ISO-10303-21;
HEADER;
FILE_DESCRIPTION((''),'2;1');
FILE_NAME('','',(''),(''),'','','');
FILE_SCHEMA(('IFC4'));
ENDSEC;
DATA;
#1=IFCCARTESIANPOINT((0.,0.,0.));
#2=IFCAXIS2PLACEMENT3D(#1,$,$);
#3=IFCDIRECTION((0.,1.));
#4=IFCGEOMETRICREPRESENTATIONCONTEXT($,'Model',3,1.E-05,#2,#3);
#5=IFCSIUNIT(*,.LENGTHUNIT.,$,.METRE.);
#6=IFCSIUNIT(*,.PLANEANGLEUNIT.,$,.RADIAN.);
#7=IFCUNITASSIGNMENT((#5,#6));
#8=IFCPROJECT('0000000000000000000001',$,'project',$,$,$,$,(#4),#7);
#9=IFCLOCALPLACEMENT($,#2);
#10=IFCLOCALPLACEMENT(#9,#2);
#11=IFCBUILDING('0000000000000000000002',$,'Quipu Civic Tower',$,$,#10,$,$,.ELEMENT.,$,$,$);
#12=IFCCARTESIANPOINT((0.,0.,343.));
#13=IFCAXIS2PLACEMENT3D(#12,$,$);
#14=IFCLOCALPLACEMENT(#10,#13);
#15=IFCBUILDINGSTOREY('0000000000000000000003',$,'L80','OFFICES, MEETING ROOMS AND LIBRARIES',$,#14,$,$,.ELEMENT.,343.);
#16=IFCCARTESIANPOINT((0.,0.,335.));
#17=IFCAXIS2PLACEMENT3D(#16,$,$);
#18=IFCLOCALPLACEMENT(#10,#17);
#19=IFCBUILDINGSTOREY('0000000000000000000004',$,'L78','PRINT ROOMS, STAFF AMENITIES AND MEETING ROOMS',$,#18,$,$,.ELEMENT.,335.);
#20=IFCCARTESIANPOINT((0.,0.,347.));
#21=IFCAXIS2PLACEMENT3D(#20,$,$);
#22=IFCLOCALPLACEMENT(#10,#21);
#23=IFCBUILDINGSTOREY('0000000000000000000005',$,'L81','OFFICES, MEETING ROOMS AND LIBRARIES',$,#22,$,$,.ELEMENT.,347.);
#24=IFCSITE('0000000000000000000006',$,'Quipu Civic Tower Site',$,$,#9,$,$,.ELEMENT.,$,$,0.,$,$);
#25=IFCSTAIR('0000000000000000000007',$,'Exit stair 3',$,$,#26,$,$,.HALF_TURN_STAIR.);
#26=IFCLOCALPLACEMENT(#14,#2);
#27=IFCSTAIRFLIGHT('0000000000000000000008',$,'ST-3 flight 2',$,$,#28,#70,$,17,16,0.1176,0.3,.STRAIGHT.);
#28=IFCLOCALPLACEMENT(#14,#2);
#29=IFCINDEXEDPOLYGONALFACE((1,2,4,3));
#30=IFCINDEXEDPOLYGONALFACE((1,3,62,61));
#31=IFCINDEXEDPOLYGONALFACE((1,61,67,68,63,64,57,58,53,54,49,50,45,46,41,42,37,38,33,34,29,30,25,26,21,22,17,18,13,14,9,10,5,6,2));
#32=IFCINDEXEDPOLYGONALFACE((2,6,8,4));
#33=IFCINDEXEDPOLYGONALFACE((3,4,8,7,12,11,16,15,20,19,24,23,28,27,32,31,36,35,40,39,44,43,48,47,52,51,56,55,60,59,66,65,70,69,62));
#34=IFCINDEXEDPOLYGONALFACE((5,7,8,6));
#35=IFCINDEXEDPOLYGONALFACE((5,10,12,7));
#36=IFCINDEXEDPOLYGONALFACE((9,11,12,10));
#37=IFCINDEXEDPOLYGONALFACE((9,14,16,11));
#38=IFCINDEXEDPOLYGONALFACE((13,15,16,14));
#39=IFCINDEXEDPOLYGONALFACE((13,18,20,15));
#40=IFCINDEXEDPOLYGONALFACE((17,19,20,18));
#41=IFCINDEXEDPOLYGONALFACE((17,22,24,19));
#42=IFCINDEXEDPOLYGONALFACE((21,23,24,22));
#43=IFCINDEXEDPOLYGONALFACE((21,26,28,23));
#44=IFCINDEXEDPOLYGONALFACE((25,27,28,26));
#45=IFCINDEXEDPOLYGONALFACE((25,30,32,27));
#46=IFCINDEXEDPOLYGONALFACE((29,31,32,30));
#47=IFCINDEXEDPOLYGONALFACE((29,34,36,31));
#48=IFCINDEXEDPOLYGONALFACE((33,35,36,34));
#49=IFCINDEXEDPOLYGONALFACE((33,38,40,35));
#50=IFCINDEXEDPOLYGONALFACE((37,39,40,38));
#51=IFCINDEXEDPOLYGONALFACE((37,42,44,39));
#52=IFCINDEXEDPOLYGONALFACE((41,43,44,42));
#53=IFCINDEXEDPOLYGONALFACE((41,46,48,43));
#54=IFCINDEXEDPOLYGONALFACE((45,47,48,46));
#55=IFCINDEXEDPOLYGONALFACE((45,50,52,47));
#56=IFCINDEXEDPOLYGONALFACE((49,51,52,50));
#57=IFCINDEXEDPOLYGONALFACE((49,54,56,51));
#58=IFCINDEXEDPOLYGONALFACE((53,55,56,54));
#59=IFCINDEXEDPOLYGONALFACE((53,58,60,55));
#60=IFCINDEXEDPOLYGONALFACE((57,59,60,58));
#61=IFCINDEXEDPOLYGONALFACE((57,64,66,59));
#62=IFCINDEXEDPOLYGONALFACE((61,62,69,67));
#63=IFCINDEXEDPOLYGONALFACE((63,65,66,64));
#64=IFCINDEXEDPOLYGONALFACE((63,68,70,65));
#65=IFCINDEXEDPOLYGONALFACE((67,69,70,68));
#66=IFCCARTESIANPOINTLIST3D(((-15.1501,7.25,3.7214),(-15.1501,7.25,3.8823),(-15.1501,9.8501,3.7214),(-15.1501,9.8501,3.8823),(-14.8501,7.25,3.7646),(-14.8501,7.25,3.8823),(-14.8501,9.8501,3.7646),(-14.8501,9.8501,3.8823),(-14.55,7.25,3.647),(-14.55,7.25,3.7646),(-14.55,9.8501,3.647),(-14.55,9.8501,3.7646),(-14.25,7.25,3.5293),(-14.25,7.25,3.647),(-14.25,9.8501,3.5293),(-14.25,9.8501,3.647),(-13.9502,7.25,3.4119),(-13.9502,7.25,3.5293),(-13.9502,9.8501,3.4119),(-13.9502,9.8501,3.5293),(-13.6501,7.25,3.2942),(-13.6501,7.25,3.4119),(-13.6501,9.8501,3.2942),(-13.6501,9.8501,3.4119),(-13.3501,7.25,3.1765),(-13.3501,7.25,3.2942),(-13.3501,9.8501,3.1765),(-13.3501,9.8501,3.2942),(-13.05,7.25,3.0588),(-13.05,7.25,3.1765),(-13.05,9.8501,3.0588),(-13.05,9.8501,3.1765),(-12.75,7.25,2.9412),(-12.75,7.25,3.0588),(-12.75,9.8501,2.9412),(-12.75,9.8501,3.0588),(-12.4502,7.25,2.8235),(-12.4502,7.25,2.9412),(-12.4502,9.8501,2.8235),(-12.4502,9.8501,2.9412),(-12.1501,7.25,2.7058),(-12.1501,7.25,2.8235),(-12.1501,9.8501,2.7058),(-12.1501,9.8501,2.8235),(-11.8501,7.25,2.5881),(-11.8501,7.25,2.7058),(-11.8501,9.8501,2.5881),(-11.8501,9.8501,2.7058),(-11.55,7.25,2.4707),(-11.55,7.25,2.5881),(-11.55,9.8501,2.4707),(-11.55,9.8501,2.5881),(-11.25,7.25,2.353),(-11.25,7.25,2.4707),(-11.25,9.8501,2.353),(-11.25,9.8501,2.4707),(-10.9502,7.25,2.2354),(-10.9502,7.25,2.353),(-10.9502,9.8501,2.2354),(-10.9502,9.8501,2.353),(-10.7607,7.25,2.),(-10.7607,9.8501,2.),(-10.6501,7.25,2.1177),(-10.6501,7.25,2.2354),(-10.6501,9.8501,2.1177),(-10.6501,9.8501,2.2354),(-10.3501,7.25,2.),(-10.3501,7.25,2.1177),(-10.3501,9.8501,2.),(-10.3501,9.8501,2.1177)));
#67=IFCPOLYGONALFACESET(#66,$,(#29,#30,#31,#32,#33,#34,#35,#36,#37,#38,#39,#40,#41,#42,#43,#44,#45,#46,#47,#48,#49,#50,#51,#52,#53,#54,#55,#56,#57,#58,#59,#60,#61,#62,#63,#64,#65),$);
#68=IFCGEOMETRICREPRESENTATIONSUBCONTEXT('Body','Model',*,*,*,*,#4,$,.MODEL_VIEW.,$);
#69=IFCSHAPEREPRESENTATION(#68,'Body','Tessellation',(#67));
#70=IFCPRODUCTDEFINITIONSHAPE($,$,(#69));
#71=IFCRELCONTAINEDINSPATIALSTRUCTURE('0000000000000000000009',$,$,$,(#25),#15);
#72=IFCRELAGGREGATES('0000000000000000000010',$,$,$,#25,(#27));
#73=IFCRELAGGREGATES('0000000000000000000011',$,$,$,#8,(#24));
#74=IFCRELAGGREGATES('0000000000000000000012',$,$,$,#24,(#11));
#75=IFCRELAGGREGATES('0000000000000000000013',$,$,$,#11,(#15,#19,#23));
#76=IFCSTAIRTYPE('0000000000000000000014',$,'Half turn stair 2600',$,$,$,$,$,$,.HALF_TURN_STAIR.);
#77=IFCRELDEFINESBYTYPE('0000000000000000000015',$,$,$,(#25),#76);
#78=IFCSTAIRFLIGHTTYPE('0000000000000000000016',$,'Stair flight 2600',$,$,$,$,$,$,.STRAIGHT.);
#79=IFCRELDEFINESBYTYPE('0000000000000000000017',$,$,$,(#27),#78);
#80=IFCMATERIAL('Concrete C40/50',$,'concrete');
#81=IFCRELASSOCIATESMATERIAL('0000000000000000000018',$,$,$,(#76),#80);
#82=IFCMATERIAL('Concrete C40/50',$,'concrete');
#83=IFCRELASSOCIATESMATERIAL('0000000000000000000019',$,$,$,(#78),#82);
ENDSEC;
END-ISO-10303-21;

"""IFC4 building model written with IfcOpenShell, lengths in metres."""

from ifc_helpers import new_model, si_unit, direction, frame, origin, place, context, subcontext, project, spatial, polyline, outline, extrude, material, type_object, element, aggregate, save


model = new_model("IFC4")

# Units and contexts
model_context = context("Model", 3, precision=1e-05, world=origin(), true_north=direction((0.0, 1.0)))
body_context = subcontext(model_context, "Body", "Model", "MODEL_VIEW")
ifc_project = project(units=[si_unit("LENGTHUNIT", "METRE"), si_unit("PLANEANGLEUNIT", "RADIAN")], contexts=[model_context])

# Site, building, storey
site_placement = place(None, origin())
site = spatial("IfcSite", under=ifc_project, at=site_placement, Name="Quipu Civic Tower Site", CompositionType="ELEMENT", RefElevation=0.0)
building_placement = place(site_placement, origin())
building = spatial("IfcBuilding", under=site, at=building_placement, Name="Quipu Civic Tower", CompositionType="ELEMENT")
storey_1_placement = place(building_placement, frame((0.0, 0.0, 343.0)))
storey_1 = spatial("IfcBuildingStorey", under=building, at=storey_1_placement, Name="L80", Description="OFFICES, MEETING ROOMS AND LIBRARIES", CompositionType="ELEMENT", Elevation=343.0)

# Shared definitions
storey_2_placement = place(building_placement, frame((0.0, 0.0, 335.0)))
storey_2 = spatial("IfcBuildingStorey", under=building, at=storey_2_placement, Name="L78", Description="PRINT ROOMS, STAFF AMENITIES AND MEETING ROOMS", CompositionType="ELEMENT", Elevation=335.0)

# Shared definitions
storey_3_placement = place(building_placement, frame((0.0, 0.0, 347.0)))
storey_3 = spatial("IfcBuildingStorey", under=building, at=storey_3_placement, Name="L81", Description="OFFICES, MEETING ROOMS AND LIBRARIES", CompositionType="ELEMENT", Elevation=347.0)

# Stair, stair flight
ifc_material_1 = material(Name="Concrete C40/50", Category="concrete")
stair_type = type_object("IfcStairType", Name="Half turn stair 2600", PredefinedType="HALF_TURN_STAIR", material=ifc_material_1)
stair_placement = place(storey_1_placement, origin())
stair = element("IfcStair", 1, at=stair_placement, inside=storey_1, type_object=stair_type, Name="Exit stair 3", PredefinedType="HALF_TURN_STAIR")
ifc_material_2 = material(Name="Concrete C40/50", Category="concrete")
stair_flight_type = type_object("IfcStairFlightType", Name="Stair flight 2600", PredefinedType="STRAIGHT", material=ifc_material_2)
stair_flight_placement = place(storey_1_placement, frame((-10.3501, 8.55, 2.0), z_axis=(0.0, 0.0, 1.0), x_axis=(-1.0, 0.0, 0.0)))
stair_flight = element("IfcStairFlight", 2, at=stair_flight_placement, type_object=stair_flight_type, Name="ST-3 flight 2", NumberOfRisers=17, NumberOfTreads=16, PredefinedType="STRAIGHT", RiserHeight=0.1176, TreadLength=0.3, context=body_context, shape_type="SweptSolid", body=[
    extrude(outline(polyline([(0.0, 0.0), (0.0, 0.1177), (0.3, 0.1177), (0.3, 0.2354), (0.6001, 0.2354), (0.6001, 0.353), (0.8999, 0.353), (0.8999, 0.4707), (1.2, 0.4707), (1.2, 0.5881), (1.5, 0.5881), (1.5, 0.7058), (1.8, 0.7058), (1.8, 0.8235), (2.1001, 0.8235), (2.1001, 0.9412), (2.3999, 0.9412), (2.3999, 1.0588), (2.7, 1.0588), (2.7, 1.1765), (3.0, 1.1765), (3.0, 1.2942), (3.3, 1.2942), (3.3, 1.4119), (3.6001, 1.4119), (3.6001, 1.5293), (3.8999, 1.5293), (3.8999, 1.647), (4.2, 1.647), (4.2, 1.7646), (4.5, 1.7646), (4.5, 1.8823), (4.8, 1.8823), (4.8, 2.0), (4.8, 1.7214), (0.4106, 0.0), (0.0, 0.0)])), frame((0.0, 1.3, 0.0), z_axis=(0.0, -1.0, 0.0), x_axis=(1.0, 0.0, 0.0)), (0.0, 0.0, 1.0), 2.6001),
])
aggregate(stair, [stair_flight])

save(model, "model.ifc")
